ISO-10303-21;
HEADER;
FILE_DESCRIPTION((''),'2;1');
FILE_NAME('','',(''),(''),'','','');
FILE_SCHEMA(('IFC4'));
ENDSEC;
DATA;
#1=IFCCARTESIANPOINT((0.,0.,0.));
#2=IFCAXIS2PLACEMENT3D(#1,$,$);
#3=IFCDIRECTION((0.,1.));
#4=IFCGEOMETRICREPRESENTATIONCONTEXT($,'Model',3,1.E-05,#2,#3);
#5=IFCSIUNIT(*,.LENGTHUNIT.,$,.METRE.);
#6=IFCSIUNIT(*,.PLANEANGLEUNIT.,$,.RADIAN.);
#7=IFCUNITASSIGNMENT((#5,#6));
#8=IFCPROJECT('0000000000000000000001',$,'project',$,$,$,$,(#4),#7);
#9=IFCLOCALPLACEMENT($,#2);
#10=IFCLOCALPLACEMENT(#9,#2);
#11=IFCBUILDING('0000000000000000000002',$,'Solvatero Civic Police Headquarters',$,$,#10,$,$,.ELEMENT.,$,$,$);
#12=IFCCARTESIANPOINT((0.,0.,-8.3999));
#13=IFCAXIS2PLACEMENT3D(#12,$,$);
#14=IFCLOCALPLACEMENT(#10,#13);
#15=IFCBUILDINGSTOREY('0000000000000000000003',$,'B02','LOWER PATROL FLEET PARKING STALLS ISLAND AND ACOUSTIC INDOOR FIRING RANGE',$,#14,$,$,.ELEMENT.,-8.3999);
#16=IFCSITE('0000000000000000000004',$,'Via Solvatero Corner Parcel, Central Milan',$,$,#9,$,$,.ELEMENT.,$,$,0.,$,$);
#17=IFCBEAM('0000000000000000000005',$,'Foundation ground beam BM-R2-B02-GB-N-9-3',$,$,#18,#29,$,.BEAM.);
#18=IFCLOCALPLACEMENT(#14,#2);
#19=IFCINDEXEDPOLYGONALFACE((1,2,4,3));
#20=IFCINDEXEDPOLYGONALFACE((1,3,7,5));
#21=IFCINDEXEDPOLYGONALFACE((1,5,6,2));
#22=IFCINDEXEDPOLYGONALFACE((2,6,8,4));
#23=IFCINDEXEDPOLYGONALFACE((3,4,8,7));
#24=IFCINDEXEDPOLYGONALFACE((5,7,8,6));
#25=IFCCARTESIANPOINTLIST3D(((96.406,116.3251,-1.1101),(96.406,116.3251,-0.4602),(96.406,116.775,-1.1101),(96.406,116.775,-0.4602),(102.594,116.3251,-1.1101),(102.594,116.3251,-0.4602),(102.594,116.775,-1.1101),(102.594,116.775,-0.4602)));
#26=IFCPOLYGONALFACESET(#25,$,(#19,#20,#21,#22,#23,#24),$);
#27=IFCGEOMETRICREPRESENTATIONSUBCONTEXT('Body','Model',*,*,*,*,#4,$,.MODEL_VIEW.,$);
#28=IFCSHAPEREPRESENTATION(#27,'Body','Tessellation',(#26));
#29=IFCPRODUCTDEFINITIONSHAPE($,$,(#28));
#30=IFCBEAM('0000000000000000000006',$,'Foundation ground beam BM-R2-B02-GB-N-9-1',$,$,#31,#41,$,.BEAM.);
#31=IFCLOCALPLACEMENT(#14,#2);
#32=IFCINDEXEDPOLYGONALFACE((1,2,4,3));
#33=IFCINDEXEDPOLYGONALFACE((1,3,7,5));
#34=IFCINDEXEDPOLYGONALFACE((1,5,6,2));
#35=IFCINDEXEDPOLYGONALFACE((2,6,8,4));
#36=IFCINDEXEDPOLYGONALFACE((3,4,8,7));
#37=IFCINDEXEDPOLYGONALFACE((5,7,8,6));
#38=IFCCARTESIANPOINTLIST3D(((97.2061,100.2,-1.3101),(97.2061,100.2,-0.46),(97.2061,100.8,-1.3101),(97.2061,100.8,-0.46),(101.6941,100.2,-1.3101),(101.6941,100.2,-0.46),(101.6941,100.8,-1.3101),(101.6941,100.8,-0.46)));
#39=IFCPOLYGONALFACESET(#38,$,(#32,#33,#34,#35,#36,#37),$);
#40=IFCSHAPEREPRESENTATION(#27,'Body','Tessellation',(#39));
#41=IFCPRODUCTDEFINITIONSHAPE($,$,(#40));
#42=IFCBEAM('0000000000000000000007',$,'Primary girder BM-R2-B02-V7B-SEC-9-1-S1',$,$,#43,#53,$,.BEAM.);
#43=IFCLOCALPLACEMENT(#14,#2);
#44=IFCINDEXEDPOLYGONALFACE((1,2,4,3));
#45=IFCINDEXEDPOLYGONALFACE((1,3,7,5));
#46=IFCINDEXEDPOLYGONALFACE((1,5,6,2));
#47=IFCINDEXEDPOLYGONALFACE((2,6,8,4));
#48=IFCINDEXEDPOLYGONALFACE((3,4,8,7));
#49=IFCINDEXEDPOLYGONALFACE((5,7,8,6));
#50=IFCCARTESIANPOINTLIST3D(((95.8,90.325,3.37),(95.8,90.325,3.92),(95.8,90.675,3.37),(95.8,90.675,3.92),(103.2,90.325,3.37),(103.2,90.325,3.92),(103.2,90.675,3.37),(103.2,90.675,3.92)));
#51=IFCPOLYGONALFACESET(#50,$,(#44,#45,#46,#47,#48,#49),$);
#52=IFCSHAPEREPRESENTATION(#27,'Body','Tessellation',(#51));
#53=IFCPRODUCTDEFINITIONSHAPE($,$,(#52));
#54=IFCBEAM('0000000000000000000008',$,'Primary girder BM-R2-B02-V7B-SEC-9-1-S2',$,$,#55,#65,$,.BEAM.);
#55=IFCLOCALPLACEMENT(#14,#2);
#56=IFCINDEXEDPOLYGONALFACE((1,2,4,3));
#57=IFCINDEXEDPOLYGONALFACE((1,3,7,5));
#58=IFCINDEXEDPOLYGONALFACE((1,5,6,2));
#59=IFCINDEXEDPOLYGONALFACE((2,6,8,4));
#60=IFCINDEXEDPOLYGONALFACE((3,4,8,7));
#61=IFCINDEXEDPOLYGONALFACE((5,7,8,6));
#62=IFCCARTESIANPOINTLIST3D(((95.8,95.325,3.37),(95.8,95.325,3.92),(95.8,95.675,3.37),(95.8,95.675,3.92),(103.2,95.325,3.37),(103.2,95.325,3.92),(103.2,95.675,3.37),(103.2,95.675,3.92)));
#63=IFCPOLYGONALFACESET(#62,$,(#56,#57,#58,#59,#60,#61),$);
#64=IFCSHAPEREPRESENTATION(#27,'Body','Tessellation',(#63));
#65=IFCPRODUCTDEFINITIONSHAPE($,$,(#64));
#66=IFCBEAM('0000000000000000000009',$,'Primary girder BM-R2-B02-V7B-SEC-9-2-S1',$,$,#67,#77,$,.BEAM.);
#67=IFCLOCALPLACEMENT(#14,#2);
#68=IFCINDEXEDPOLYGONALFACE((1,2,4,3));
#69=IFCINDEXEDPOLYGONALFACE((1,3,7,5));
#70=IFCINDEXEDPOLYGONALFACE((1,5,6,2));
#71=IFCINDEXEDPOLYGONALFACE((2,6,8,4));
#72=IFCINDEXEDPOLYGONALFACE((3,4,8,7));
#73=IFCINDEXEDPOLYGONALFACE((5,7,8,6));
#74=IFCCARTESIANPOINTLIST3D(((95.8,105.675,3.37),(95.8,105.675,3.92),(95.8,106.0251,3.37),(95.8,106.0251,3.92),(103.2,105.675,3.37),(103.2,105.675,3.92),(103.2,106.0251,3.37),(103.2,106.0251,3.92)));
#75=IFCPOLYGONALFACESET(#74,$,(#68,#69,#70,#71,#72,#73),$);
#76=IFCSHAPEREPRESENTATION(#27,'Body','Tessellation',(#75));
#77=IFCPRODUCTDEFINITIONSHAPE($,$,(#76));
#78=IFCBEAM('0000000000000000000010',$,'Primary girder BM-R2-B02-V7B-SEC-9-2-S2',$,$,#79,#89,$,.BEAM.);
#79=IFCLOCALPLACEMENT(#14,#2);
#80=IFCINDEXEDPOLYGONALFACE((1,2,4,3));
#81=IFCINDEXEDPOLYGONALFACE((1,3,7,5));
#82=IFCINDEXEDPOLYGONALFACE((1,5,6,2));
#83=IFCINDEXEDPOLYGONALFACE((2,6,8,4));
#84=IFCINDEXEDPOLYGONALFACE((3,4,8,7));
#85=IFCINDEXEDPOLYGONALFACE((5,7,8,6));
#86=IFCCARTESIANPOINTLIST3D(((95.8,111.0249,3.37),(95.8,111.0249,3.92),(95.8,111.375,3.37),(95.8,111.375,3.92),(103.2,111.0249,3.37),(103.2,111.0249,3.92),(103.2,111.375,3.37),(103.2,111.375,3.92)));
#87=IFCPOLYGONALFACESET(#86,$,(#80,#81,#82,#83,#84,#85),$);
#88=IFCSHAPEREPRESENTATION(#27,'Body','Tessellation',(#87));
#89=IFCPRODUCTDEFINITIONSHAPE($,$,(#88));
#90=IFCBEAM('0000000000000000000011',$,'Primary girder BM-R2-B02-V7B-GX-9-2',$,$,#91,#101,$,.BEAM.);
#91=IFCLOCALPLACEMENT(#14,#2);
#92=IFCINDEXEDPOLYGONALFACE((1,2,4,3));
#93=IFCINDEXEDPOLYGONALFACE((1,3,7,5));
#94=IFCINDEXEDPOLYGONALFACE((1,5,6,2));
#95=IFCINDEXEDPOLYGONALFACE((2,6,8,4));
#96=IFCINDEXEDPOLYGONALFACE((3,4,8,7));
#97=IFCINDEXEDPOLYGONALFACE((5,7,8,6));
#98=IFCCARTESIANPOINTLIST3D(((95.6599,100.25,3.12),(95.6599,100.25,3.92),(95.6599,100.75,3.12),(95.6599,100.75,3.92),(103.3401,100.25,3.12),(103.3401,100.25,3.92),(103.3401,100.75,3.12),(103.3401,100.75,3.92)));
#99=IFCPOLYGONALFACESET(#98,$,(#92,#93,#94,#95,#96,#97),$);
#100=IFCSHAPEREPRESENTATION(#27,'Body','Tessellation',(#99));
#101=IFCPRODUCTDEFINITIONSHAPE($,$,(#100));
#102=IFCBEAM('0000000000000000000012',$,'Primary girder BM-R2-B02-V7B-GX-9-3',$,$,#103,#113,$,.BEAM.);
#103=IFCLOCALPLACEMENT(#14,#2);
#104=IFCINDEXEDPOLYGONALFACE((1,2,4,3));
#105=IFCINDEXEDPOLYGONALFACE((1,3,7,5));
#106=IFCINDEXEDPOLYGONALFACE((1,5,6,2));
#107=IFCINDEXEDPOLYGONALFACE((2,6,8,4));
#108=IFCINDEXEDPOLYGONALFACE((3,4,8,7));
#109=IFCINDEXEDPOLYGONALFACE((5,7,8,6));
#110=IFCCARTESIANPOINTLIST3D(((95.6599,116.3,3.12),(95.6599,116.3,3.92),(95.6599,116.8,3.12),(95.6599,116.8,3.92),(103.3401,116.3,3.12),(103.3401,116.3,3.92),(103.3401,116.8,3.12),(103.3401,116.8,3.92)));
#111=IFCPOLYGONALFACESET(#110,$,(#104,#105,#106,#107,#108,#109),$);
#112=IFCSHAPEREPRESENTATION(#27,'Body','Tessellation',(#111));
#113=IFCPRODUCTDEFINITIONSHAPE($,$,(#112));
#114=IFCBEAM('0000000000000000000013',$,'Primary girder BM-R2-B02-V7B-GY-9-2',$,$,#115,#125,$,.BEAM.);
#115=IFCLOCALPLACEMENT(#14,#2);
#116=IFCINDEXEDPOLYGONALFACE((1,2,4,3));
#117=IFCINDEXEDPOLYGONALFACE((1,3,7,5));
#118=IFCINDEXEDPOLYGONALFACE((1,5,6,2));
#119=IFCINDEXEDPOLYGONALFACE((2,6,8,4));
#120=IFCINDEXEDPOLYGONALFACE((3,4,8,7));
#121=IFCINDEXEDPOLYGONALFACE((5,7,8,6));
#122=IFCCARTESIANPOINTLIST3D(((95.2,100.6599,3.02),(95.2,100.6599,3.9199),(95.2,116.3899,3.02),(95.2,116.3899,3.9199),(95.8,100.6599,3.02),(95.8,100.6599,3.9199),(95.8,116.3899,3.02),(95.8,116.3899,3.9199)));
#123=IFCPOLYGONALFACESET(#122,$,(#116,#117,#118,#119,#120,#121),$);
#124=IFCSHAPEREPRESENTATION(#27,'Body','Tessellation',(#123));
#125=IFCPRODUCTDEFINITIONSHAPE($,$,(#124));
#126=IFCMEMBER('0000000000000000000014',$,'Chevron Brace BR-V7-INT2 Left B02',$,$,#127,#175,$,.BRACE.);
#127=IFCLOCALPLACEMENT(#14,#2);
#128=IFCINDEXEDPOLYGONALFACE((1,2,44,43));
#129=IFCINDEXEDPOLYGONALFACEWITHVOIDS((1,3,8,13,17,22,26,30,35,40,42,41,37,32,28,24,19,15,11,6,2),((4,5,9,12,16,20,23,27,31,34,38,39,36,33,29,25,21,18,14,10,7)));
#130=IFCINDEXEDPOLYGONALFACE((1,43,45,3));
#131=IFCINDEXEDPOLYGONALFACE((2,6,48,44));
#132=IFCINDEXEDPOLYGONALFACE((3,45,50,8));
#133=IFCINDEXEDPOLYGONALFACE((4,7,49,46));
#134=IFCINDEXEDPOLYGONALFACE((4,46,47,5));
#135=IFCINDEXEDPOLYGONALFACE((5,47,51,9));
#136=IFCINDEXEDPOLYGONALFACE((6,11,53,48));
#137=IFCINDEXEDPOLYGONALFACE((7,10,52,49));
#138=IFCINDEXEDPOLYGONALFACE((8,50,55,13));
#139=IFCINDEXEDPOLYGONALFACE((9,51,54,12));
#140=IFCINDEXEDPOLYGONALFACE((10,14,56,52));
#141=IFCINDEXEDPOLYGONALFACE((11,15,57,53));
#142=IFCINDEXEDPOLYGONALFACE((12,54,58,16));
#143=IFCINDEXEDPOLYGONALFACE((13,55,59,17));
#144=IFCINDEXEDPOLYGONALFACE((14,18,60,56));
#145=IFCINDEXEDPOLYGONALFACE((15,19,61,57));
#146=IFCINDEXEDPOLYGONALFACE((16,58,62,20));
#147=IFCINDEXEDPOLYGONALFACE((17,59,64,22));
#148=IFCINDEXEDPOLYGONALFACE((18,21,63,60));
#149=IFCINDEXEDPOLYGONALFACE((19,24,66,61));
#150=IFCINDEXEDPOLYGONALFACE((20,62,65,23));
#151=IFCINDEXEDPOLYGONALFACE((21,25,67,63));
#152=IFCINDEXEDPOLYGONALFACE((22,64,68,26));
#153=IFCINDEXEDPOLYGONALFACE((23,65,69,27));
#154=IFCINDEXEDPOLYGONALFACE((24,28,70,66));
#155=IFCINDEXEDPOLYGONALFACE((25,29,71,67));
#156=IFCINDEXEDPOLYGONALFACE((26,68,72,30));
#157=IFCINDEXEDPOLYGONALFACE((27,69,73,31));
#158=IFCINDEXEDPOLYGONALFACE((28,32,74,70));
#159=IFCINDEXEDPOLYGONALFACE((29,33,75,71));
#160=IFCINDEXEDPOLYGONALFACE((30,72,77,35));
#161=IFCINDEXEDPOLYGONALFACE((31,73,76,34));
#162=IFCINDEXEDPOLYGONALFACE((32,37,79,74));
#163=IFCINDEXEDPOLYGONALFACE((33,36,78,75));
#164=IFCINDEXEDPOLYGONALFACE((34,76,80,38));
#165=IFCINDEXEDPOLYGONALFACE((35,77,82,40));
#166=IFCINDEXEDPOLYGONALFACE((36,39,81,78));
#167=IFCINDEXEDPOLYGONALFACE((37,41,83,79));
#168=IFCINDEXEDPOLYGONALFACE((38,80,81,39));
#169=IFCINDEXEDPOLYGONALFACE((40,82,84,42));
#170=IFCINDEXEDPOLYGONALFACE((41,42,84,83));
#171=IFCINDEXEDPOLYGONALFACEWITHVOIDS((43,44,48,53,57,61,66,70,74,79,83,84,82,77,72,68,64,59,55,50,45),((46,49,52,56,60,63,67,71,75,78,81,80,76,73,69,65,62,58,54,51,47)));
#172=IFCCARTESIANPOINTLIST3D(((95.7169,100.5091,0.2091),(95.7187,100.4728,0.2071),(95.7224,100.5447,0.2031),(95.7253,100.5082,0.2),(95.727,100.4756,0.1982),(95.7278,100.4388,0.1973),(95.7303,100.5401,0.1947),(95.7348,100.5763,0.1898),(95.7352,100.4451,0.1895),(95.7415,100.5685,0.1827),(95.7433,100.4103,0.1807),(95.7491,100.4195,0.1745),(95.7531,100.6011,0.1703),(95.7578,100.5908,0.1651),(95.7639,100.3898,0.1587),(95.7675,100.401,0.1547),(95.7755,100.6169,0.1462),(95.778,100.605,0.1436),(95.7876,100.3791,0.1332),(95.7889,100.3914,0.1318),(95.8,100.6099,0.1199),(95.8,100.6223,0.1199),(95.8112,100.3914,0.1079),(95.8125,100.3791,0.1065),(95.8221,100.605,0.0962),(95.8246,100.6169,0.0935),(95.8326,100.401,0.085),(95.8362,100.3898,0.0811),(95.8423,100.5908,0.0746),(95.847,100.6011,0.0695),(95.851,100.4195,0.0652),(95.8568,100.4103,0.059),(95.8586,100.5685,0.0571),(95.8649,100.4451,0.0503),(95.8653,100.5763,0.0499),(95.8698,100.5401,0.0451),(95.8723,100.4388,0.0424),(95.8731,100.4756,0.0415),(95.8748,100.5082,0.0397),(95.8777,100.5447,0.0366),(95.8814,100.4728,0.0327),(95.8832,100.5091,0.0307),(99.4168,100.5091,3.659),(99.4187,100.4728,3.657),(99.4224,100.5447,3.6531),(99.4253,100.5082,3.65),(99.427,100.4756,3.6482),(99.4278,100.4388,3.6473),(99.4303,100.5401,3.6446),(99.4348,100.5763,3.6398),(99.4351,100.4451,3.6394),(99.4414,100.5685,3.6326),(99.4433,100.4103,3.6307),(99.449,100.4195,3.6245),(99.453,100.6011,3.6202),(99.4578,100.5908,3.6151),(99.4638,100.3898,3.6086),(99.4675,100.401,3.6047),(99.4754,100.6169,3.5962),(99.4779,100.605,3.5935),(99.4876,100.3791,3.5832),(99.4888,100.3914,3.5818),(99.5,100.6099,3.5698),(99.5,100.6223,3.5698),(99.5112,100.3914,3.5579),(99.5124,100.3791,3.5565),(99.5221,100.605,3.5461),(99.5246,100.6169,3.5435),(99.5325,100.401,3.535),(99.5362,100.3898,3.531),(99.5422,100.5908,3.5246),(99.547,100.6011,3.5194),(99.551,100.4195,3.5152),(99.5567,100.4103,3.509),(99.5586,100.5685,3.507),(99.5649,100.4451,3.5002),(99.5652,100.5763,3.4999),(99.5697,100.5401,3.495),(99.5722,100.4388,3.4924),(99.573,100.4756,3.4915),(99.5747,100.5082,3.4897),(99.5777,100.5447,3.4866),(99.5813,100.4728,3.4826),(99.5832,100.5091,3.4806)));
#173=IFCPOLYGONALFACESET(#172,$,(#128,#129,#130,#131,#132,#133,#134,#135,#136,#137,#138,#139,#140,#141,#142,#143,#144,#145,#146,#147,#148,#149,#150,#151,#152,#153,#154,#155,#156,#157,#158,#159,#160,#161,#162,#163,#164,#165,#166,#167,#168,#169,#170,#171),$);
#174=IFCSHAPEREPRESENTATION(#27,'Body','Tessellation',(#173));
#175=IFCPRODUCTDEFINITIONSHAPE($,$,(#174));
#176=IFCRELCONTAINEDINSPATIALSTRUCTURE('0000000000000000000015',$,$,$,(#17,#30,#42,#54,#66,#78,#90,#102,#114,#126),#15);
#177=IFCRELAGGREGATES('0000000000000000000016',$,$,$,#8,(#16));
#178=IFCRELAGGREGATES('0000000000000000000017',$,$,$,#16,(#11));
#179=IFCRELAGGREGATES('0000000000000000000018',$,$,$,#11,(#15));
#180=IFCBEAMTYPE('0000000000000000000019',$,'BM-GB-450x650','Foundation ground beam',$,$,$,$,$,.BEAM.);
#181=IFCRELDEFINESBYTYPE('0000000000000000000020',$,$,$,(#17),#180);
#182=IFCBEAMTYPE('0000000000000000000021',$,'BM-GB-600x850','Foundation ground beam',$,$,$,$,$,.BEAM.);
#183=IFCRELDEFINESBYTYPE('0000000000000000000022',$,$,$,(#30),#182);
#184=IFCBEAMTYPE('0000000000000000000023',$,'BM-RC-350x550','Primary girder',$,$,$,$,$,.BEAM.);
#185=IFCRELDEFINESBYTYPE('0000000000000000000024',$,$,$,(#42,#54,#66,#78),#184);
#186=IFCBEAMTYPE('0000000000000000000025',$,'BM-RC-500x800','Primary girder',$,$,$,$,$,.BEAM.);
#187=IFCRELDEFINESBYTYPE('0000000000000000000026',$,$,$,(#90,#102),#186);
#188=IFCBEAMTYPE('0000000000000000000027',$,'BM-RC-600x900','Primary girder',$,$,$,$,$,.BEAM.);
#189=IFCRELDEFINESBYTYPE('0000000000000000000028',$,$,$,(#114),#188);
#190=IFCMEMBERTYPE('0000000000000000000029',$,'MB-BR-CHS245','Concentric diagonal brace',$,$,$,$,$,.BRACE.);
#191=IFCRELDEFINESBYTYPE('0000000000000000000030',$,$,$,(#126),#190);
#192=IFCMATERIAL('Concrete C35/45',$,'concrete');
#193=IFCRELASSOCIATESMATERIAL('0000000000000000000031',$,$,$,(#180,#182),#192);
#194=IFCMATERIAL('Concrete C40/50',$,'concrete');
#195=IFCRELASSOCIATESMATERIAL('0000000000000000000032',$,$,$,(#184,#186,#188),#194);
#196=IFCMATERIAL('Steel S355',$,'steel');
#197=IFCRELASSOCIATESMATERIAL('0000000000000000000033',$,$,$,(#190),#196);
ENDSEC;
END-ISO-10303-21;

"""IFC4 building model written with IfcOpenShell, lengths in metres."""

from ifc_helpers import new_model, si_unit, direction, frame, origin, origin_2d, place, context, subcontext, project, spatial, rectangle, hollow_circle, extrude, material, material_profile, profile_set, type_object, element, save


model = new_model("IFC4")

# Units and contexts
model_context = context("Model", 3, precision=1e-05, world=origin(), true_north=direction((0.0, 1.0)))
body_context = subcontext(model_context, "Body", "Model", "MODEL_VIEW")
ifc_project = project(units=[si_unit("LENGTHUNIT", "METRE"), si_unit("PLANEANGLEUNIT", "RADIAN")], contexts=[model_context])

# Site, building, storey
site_placement = place(None, origin())
site = spatial("IfcSite", under=ifc_project, at=site_placement, Name="Via Solvatero Corner Parcel, Central Milan", CompositionType="ELEMENT", RefElevation=0.0)
building_placement = place(site_placement, origin())
building = spatial("IfcBuilding", under=site, at=building_placement, Name="Solvatero Civic Police Headquarters", CompositionType="ELEMENT")
storey_placement = place(building_placement, frame((0.0, 0.0, -8.3999)))
storey = spatial("IfcBuildingStorey", under=building, at=storey_placement, Name="B02", Description="LOWER PATROL FLEET PARKING STALLS ISLAND AND ACOUSTIC INDOOR FIRING RANGE", CompositionType="ELEMENT", Elevation=-8.3999)

# Shared definitions
ifc_material_1 = material(Name="Concrete C35/45", Category="concrete")

# Shared definitions
ifc_material_2 = material(Name="Concrete C40/50", Category="concrete")

# Beams
ifc_material_profile_1 = material_profile(ifc_material_1, rectangle(XDim=0.45, YDim=0.6499, at=origin_2d()), Name="GB 450x650")
ifc_profile_set_1 = profile_set([ifc_material_profile_1], Name="Concrete C35/45")
beam_type_1 = type_object("IfcBeamType", Name="BM-GB-450x650", Description="Foundation ground beam", PredefinedType="BEAM", material=ifc_profile_set_1)
beam_1_placement = place(storey_placement, frame((96.406, 116.55, -0.7852), z_axis=(1.0, 0.0, 0.0), x_axis=(0.0, 1.0, 0.0)))
element("IfcBeam", 1, at=beam_1_placement, inside=storey, type_object=beam_type_1, Name="Foundation ground beam BM-R2-B02-GB-N-9-3", PredefinedType="BEAM", context=body_context, shape_type="SweptSolid", body=[
    extrude(rectangle(XDim=0.45, YDim=0.6499, at=origin_2d()), origin(), (0.0, 0.0, 1.0), 6.188),
])
ifc_material_profile_2 = material_profile(ifc_material_1, rectangle(XDim=0.6001, YDim=0.8501, at=origin_2d()), Name="GB 600x850")
ifc_profile_set_2 = profile_set([ifc_material_profile_2], Name="Concrete C35/45")
beam_type_2 = type_object("IfcBeamType", Name="BM-GB-600x850", Description="Foundation ground beam", PredefinedType="BEAM", material=ifc_profile_set_2)
beam_2_placement = place(storey_placement, frame((97.2061, 100.5, -0.885), z_axis=(1.0, 0.0, 0.0), x_axis=(0.0, 1.0, 0.0)))
element("IfcBeam", 2, at=beam_2_placement, inside=storey, type_object=beam_type_2, Name="Foundation ground beam BM-R2-B02-GB-N-9-1", PredefinedType="BEAM", context=body_context, shape_type="SweptSolid", body=[
    extrude(rectangle(XDim=0.6001, YDim=0.8501, at=origin_2d()), origin(), (0.0, 0.0, 1.0), 4.488),
])
ifc_material_profile_3 = material_profile(ifc_material_2, rectangle(XDim=0.3501, YDim=0.55, at=origin_2d()), Name="RC 350x550")
ifc_profile_set_3 = profile_set([ifc_material_profile_3], Name="Concrete C40/50")
beam_type_3 = type_object("IfcBeamType", Name="BM-RC-350x550", Description="Primary girder", PredefinedType="BEAM", material=ifc_profile_set_3)
for number, where, z_axis, x_axis, name in (
    (3, (95.8, 90.5, 3.645), (1.0, 0.0, 0.0), (0.0, 1.0, 0.0), "Primary girder BM-R2-B02-V7B-SEC-9-1-S1"),
    (4, (95.8, 95.5, 3.645), (1.0, 0.0, 0.0), (0.0, 1.0, 0.0), "Primary girder BM-R2-B02-V7B-SEC-9-1-S2"),
    (5, (95.8, 105.8501, 3.645), (1.0, 0.0, 0.0), (0.0, 1.0, 0.0), "Primary girder BM-R2-B02-V7B-SEC-9-2-S1"),
    (6, (95.8, 111.2, 3.645), (1.0, 0.0, 0.0), (0.0, 1.0, 0.0), "Primary girder BM-R2-B02-V7B-SEC-9-2-S2"),
):
    element("IfcBeam", number, at=place(storey_placement, frame(where, z_axis=z_axis, x_axis=x_axis)), inside=storey, type_object=beam_type_3, Name=name, PredefinedType="BEAM", context=body_context, shape_type="SweptSolid", body=[
        extrude(rectangle(XDim=0.3501, YDim=0.55, at=origin_2d()), origin(), (0.0, 0.0, 1.0), 7.3999),
    ])
ifc_material_profile_4 = material_profile(ifc_material_2, rectangle(XDim=0.5, YDim=0.8, at=origin_2d()), Name="RC 500x800")
ifc_profile_set_4 = profile_set([ifc_material_profile_4], Name="Concrete C40/50")
beam_type_4 = type_object("IfcBeamType", Name="BM-RC-500x800", Description="Primary girder", PredefinedType="BEAM", material=ifc_profile_set_4)
for number, where, z_axis, x_axis, name in (
    (7, (95.6599, 100.5, 3.52), (1.0, 0.0, 0.0), (0.0, 1.0, 0.0), "Primary girder BM-R2-B02-V7B-GX-9-2"),
    (8, (95.6599, 116.55, 3.52), (1.0, 0.0, 0.0), (0.0, 1.0, 0.0), "Primary girder BM-R2-B02-V7B-GX-9-3"),
):
    element("IfcBeam", number, at=place(storey_placement, frame(where, z_axis=z_axis, x_axis=x_axis)), inside=storey, type_object=beam_type_4, Name=name, PredefinedType="BEAM", context=body_context, shape_type="SweptSolid", body=[
        extrude(rectangle(XDim=0.5, YDim=0.8, at=origin_2d()), origin(), (0.0, 0.0, 1.0), 7.6802),
    ])
ifc_material_profile_5 = material_profile(ifc_material_2, rectangle(XDim=0.6001, YDim=0.8999, at=origin_2d()), Name="RC 600x900")
ifc_profile_set_5 = profile_set([ifc_material_profile_5], Name="Concrete C40/50")
beam_type_5 = type_object("IfcBeamType", Name="BM-RC-600x900", Description="Primary girder", PredefinedType="BEAM", material=ifc_profile_set_5)
beam_3_placement = place(storey_placement, frame((95.5, 100.6599, 3.47), z_axis=(0.0, 1.0, 0.0), x_axis=(-1.0, 0.0, 0.0)))
element("IfcBeam", 9, at=beam_3_placement, inside=storey, type_object=beam_type_5, Name="Primary girder BM-R2-B02-V7B-GY-9-2", PredefinedType="BEAM", context=body_context, shape_type="SweptSolid", body=[
    extrude(rectangle(XDim=0.6001, YDim=0.8999, at=origin_2d()), origin(), (0.0, 0.0, 1.0), 15.73),
])

# Member
ifc_material_3 = material(Name="Steel S355", Category="steel")
ifc_material_profile_6 = material_profile(ifc_material_3, hollow_circle(Radius=0.1223, WallThickness=0.0125, at=origin_2d()), Name="CHS 244.5x12.5")
ifc_profile_set_6 = profile_set([ifc_material_profile_6], Name="Steel S355")
member_type = type_object("IfcMemberType", Name="MB-BR-CHS245", Description="Concentric diagonal brace", PredefinedType="BRACE", material=ifc_profile_set_6)
for number, where, z_axis, x_axis, name in (
    (10, (95.8, 100.5, 0.1199), (0.731384, 0.0, 0.681966), (0.0, 1.0, 0.0), "Chevron Brace BR-V7-INT2 Left B02"),
):
    element("IfcMember", number, at=place(storey_placement, frame(where, z_axis=z_axis, x_axis=x_axis)), inside=storey, type_object=member_type, Name=name, PredefinedType="BRACE", context=body_context, shape_type="SweptSolid", body=[
        extrude(hollow_circle(Radius=0.1223, WallThickness=0.0125, at=origin_2d()), origin(), (0.0, 0.0, 1.0), 5.0588),
    ])

save(model, "model.ifc")
